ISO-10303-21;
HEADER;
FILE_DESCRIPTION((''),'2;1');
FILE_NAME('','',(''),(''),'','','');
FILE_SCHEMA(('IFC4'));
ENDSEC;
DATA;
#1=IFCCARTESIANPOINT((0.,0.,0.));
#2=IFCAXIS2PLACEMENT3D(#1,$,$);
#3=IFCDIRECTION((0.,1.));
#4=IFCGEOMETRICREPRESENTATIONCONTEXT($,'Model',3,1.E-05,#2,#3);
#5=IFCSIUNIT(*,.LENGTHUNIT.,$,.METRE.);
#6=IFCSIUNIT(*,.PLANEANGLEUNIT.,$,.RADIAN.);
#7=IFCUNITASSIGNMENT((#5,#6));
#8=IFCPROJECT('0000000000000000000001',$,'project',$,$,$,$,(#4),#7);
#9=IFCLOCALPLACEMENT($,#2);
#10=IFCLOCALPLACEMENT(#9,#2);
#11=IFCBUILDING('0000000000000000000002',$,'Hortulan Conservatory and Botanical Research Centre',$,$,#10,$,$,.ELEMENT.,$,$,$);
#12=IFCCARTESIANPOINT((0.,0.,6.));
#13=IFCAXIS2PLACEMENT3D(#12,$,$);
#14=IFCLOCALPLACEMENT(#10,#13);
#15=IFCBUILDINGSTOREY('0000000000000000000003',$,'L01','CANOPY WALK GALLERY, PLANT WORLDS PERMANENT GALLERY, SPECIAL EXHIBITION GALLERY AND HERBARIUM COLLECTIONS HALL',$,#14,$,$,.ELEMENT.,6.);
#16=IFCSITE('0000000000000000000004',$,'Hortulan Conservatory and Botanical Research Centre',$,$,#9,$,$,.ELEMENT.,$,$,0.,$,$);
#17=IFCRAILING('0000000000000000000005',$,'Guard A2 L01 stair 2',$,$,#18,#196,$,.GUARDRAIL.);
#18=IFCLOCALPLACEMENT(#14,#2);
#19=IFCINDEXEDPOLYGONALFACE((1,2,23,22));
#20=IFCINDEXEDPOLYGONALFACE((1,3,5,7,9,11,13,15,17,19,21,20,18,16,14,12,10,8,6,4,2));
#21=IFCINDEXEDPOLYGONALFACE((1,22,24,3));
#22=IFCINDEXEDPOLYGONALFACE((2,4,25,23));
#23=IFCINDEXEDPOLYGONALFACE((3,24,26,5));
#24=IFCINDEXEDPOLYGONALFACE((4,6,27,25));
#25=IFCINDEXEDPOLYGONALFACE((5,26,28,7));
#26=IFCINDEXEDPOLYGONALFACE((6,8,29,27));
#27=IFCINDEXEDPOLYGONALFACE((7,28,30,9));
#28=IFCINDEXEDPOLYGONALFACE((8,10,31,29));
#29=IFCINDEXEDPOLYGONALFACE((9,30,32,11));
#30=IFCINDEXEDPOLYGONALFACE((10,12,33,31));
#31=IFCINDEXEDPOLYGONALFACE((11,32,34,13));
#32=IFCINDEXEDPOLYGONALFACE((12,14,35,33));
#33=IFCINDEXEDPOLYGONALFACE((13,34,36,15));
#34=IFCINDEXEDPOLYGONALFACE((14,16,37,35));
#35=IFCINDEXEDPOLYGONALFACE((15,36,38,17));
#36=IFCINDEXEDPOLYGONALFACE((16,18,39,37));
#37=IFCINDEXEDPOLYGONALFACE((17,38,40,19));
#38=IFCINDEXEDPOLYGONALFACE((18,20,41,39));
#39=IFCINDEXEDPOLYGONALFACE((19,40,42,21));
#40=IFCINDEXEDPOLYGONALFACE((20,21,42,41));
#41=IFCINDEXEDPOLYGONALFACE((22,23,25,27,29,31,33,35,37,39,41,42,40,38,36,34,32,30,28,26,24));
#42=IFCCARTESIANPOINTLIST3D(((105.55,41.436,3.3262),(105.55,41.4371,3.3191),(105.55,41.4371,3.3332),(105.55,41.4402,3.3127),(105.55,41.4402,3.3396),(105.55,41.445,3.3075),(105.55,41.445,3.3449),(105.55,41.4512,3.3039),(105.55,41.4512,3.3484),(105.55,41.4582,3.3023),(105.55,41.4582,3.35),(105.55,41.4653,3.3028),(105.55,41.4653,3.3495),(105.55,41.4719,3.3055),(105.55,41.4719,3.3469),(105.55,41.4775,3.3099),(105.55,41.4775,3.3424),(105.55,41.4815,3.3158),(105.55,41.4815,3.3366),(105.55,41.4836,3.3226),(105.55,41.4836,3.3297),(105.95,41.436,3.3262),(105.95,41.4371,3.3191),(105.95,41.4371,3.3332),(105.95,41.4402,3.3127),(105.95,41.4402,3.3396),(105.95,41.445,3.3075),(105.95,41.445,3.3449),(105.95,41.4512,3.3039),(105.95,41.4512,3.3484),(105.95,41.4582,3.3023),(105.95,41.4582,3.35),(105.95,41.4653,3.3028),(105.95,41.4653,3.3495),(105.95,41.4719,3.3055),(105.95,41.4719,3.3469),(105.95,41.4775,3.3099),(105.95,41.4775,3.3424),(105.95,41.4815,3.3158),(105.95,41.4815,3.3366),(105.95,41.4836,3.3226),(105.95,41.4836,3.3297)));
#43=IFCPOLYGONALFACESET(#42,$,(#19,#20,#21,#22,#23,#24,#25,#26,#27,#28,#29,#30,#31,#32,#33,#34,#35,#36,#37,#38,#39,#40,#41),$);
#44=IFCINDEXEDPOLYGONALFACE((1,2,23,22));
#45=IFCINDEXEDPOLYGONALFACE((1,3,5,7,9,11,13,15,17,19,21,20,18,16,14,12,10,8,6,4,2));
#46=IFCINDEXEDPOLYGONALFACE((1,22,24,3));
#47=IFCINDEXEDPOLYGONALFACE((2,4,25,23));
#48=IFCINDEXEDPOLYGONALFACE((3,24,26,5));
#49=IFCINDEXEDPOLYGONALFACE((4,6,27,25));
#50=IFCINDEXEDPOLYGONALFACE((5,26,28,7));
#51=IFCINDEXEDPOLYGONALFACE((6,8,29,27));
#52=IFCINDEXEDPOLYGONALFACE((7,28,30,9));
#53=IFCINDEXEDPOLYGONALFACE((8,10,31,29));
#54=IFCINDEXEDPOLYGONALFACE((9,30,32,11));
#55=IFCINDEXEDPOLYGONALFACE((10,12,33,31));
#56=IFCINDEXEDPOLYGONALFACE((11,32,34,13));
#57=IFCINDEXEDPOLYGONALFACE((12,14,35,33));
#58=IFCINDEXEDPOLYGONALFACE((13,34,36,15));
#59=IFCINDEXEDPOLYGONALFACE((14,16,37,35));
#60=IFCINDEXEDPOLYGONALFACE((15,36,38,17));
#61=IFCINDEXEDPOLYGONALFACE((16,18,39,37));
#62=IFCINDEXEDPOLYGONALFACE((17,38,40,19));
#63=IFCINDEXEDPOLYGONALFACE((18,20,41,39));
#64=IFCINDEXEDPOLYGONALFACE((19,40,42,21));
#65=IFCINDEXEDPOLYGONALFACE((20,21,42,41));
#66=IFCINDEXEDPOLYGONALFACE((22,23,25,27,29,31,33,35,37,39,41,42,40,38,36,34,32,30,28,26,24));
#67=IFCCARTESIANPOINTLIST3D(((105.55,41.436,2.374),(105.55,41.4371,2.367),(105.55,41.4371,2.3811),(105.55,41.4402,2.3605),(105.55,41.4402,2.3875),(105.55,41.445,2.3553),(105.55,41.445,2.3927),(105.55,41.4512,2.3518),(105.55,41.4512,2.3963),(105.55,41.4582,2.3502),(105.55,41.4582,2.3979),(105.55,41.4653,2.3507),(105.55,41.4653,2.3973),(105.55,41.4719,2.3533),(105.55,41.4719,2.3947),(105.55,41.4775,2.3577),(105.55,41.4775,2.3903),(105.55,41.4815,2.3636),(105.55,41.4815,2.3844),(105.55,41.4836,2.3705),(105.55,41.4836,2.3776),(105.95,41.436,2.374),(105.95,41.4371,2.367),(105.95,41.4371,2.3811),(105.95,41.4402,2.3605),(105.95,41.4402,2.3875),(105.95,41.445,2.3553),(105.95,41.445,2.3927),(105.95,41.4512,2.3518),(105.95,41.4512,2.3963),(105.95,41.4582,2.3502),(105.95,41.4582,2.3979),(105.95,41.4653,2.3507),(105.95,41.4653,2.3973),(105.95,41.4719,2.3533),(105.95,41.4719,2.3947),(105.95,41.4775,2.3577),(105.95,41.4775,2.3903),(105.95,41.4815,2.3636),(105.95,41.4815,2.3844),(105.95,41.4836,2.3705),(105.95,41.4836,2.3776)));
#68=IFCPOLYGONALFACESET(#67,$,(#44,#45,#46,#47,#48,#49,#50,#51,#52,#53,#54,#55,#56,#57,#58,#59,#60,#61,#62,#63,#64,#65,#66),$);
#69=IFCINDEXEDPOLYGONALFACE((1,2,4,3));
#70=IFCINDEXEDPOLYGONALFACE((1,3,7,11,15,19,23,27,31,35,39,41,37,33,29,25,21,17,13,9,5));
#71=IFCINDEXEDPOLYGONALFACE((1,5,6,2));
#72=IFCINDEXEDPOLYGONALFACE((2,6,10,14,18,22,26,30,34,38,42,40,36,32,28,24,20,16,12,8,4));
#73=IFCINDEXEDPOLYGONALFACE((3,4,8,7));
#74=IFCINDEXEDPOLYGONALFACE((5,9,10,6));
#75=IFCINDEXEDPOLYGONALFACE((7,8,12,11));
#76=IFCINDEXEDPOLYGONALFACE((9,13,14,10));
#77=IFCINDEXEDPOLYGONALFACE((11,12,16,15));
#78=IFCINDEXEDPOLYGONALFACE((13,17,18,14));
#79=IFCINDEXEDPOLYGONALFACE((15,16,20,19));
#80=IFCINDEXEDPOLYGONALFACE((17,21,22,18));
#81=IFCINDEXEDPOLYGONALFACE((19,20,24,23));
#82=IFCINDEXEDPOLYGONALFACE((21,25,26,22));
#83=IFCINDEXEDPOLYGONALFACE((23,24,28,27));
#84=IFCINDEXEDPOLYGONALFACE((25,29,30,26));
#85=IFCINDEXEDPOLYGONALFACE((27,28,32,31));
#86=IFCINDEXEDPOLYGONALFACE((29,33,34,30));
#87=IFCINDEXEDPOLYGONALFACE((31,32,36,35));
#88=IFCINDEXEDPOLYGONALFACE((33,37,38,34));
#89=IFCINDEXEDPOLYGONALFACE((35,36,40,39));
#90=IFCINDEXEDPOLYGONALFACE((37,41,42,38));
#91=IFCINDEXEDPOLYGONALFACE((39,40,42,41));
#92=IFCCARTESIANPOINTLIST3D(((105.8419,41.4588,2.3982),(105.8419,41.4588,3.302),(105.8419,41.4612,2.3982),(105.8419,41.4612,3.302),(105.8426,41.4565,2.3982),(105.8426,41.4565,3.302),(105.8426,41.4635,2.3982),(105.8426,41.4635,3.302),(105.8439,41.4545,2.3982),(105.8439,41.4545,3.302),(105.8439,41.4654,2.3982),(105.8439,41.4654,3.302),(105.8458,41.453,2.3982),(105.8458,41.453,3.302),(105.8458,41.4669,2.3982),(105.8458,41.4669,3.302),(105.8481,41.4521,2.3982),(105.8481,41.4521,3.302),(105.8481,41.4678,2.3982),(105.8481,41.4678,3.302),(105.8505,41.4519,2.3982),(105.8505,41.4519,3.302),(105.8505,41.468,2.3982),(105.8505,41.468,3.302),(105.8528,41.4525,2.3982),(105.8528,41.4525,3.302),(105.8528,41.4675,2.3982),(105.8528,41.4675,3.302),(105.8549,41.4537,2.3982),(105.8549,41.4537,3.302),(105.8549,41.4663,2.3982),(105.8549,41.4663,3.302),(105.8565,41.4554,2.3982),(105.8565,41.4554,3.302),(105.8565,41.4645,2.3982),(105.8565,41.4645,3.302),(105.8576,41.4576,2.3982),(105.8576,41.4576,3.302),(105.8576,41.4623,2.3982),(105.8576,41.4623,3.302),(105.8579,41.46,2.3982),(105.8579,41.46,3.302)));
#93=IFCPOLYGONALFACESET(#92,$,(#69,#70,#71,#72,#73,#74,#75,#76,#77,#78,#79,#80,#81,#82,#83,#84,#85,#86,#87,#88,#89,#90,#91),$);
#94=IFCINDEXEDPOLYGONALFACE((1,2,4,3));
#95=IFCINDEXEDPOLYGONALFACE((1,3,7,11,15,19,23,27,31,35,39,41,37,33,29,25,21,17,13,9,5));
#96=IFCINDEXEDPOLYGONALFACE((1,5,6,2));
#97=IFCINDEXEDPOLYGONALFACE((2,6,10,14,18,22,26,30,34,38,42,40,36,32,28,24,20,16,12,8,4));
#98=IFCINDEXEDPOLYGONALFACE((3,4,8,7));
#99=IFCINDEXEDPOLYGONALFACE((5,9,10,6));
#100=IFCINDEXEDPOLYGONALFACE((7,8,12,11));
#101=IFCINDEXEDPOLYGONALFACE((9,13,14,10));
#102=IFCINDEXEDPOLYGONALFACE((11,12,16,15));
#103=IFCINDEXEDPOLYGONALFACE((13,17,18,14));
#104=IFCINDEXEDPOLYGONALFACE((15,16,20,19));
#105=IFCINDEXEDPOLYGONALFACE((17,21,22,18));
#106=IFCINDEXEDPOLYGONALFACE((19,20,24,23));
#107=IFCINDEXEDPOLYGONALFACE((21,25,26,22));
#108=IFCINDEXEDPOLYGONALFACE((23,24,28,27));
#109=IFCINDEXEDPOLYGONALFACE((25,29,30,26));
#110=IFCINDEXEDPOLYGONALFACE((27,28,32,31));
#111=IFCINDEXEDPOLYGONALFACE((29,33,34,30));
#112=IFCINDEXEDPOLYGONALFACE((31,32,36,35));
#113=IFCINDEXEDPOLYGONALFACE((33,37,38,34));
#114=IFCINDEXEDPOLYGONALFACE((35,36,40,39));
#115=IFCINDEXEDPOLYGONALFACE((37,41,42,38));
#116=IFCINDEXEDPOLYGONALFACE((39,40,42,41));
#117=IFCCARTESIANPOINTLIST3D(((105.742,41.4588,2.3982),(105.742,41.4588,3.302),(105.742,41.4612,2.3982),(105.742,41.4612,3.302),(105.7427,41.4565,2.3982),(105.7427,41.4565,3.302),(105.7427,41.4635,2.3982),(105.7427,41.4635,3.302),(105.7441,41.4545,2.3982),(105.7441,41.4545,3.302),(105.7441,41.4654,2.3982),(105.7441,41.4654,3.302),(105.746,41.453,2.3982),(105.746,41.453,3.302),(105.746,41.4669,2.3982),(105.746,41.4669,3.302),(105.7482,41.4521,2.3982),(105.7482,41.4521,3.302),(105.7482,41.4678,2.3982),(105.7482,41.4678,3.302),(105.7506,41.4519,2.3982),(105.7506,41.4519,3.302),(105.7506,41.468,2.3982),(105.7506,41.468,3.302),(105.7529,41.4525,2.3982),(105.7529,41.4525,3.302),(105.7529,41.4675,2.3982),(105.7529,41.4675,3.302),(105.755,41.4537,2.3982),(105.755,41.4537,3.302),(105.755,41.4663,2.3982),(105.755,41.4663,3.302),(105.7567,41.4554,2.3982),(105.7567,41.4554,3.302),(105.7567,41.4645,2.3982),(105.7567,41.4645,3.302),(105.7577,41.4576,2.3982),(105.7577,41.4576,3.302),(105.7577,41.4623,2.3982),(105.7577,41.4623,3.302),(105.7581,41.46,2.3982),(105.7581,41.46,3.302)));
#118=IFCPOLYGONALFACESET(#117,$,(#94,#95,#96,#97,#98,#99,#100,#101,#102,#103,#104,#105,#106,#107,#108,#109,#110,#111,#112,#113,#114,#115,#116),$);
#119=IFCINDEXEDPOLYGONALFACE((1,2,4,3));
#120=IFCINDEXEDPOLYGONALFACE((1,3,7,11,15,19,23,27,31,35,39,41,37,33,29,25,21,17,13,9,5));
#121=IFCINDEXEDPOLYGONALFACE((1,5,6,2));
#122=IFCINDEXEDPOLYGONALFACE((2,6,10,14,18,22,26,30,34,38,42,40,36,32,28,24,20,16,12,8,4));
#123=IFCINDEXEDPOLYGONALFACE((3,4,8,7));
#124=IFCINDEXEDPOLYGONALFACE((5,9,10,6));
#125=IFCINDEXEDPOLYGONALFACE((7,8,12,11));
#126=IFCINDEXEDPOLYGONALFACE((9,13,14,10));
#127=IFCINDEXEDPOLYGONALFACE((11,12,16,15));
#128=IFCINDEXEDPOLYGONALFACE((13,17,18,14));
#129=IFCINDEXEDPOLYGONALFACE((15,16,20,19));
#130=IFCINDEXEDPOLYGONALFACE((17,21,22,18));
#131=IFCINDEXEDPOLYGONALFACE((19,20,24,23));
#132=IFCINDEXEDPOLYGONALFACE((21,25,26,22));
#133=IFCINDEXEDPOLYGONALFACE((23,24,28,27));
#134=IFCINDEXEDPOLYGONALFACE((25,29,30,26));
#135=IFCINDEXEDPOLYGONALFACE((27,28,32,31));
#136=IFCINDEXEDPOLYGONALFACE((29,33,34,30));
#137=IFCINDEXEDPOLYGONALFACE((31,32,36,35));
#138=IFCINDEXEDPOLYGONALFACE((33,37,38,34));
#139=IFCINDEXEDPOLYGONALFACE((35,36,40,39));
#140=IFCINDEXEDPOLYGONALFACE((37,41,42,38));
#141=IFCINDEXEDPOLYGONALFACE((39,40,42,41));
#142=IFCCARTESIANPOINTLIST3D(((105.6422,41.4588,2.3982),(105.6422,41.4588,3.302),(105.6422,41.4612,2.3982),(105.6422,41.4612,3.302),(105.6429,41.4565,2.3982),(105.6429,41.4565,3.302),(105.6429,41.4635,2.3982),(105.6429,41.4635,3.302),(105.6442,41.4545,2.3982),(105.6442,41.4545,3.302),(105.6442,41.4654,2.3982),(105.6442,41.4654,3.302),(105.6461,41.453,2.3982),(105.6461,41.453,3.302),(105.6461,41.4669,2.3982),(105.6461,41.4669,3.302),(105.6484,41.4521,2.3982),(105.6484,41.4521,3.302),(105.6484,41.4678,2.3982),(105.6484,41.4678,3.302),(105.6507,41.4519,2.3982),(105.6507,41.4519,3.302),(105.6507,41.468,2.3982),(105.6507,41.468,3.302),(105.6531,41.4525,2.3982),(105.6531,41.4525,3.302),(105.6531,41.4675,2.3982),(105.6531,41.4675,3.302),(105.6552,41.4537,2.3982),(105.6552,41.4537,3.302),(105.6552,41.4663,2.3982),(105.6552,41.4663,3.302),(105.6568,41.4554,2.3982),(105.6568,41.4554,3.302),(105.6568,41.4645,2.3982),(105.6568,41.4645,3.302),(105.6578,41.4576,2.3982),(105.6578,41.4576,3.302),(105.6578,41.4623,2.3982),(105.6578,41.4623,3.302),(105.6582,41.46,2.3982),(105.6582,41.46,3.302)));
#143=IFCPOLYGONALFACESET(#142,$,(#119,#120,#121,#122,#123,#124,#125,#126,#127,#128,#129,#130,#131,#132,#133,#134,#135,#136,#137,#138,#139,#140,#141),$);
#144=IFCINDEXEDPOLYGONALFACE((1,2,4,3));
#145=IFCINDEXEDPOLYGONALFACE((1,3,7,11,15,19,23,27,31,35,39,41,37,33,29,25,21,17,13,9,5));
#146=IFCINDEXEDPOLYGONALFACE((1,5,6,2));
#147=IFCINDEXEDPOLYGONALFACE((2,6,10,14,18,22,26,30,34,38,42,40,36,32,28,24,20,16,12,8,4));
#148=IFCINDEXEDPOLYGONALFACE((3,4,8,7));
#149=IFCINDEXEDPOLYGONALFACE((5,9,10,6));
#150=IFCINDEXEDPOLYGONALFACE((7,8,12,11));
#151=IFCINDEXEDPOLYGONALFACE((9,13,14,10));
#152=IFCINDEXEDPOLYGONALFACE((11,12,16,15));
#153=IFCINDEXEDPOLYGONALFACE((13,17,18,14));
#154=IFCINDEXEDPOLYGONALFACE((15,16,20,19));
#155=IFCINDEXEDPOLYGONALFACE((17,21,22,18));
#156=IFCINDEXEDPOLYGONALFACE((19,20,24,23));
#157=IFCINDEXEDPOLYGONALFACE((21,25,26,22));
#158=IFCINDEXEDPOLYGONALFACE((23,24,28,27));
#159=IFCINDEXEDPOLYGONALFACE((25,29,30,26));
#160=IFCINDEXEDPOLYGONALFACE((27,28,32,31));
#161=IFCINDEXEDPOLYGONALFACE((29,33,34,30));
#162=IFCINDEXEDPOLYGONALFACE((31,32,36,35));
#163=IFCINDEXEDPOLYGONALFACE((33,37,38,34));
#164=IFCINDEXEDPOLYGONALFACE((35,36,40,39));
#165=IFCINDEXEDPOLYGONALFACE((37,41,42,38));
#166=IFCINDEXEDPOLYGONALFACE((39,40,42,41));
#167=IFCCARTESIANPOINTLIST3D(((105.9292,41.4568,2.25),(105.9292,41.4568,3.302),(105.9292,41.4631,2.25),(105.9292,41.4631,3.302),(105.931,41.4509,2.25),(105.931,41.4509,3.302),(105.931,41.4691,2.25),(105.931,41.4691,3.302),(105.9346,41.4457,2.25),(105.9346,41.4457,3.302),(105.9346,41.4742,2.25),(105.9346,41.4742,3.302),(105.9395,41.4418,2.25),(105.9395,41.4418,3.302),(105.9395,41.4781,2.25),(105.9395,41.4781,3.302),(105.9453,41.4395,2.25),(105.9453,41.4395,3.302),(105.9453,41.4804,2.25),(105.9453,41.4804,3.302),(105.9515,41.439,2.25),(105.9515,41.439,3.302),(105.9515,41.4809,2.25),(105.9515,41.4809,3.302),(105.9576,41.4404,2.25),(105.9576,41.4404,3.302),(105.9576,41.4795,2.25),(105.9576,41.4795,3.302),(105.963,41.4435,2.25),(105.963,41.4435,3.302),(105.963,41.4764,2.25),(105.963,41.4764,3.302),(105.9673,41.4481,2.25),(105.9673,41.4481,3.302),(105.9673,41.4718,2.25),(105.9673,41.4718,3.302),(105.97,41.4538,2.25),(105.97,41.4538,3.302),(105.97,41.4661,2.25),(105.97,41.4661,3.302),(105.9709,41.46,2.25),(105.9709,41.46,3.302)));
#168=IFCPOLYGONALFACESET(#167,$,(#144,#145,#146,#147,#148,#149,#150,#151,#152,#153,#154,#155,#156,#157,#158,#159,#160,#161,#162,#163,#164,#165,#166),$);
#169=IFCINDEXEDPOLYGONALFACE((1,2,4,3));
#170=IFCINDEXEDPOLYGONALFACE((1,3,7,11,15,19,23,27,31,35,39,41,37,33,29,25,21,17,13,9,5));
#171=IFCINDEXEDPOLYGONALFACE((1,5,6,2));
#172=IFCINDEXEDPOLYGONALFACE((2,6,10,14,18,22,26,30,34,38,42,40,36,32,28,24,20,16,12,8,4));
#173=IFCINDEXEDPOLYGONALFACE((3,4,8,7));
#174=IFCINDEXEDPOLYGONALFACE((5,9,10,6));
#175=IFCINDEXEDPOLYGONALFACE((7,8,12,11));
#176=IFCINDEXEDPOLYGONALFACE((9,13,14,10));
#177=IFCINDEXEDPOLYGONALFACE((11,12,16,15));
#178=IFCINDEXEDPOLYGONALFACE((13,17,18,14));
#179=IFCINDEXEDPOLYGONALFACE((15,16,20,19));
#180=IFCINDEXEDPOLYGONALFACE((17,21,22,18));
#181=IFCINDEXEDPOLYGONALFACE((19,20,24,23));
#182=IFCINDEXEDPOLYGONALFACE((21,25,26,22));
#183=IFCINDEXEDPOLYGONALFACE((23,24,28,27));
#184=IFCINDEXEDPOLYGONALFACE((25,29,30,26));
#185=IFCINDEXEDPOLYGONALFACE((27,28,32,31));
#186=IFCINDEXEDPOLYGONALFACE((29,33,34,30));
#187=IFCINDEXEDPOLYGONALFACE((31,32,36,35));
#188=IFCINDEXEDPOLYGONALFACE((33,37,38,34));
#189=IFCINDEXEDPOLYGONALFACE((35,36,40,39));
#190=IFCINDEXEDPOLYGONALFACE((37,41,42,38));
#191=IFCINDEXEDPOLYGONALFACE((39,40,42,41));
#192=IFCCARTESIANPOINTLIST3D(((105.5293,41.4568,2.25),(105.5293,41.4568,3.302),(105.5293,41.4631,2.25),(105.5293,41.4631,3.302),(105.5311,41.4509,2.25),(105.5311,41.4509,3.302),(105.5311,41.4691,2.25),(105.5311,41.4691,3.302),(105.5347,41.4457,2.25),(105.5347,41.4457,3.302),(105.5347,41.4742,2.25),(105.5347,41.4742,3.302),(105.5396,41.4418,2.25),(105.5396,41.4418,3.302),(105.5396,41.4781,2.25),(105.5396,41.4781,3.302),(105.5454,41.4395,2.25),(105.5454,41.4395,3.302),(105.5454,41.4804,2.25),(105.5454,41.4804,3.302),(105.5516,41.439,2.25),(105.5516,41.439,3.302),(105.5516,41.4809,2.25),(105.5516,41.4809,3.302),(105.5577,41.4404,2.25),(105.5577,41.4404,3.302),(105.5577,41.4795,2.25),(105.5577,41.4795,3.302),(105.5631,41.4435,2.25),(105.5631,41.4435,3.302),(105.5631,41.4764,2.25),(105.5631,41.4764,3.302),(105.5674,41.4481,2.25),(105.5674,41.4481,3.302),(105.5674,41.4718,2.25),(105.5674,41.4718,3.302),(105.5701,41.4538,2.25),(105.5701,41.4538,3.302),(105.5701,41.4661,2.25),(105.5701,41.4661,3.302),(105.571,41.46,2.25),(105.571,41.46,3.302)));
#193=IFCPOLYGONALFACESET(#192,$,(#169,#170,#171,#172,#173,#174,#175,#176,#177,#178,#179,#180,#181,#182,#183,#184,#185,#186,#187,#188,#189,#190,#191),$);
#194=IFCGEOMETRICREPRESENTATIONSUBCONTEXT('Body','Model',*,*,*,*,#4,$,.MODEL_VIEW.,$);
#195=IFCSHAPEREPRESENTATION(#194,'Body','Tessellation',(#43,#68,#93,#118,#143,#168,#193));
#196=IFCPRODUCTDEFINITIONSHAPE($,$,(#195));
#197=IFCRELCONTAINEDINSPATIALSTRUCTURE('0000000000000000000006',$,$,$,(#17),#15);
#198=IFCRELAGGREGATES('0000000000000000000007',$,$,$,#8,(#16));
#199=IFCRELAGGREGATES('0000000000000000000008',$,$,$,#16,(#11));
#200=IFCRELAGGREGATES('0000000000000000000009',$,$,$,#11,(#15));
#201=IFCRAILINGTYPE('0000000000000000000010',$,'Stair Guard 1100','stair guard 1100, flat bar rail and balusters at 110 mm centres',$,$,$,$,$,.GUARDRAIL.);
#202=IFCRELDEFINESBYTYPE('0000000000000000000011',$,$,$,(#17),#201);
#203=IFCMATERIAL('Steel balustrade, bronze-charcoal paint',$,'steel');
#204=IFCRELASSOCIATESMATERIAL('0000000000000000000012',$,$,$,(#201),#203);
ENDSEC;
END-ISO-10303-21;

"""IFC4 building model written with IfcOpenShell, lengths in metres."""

from ifc_helpers import new_model, si_unit, direction, frame, origin, origin_2d, place, context, subcontext, project, spatial, circle, extrude, material, type_object, element, save


model = new_model("IFC4")

# Units and contexts
model_context = context("Model", 3, precision=1e-05, world=origin(), true_north=direction((0.0, 1.0)))
body_context = subcontext(model_context, "Body", "Model", "MODEL_VIEW")
ifc_project = project(units=[si_unit("LENGTHUNIT", "METRE"), si_unit("PLANEANGLEUNIT", "RADIAN")], contexts=[model_context])

# Site, building, storey
site_placement = place(None, origin())
site = spatial("IfcSite", under=ifc_project, at=site_placement, Name="Hortulan Conservatory and Botanical Research Centre", CompositionType="ELEMENT", RefElevation=0.0)
building_placement = place(site_placement, origin())
building = spatial("IfcBuilding", under=site, at=building_placement, Name="Hortulan Conservatory and Botanical Research Centre", CompositionType="ELEMENT")
storey_placement = place(building_placement, frame((0.0, 0.0, 6.0)))
storey = spatial("IfcBuildingStorey", under=building, at=storey_placement, Name="L01", Description="CANOPY WALK GALLERY, PLANT WORLDS PERMANENT GALLERY, SPECIAL EXHIBITION GALLERY AND HERBARIUM COLLECTIONS HALL", CompositionType="ELEMENT", Elevation=6.0)

# Railing
ifc_material_1 = material(Name="Steel balustrade, bronze-charcoal paint", Category="steel")
railing_type_1 = type_object("IfcRailingType", Name="Stair Guard 1100", Description="stair guard 1100, flat bar rail and balusters at 110 mm centres", PredefinedType="GUARDRAIL", material=ifc_material_1)
railing_1_placement = place(storey_placement, frame((105.95, 41.46, 2.25)))
element("IfcRailing", 1, at=railing_1_placement, inside=storey, type_object=railing_type_1, Name="Guard A2 L01 stair 2", PredefinedType="GUARDRAIL", context=body_context, shape_type="SweptSolid", body=[
    extrude(circle(Radius=0.0239, at=origin_2d()), frame((0.0, 0.0, 1.0762), z_axis=(-1.0, 0.0, 0.0), x_axis=(0.0, -1.0, 0.0)), (0.0, 0.0, 1.0), 0.3999),
    extrude(circle(Radius=0.0239, at=origin_2d()), frame((0.0, 0.0, 0.124), z_axis=(-1.0, 0.0, 0.0), x_axis=(0.0, -1.0, 0.0)), (0.0, 0.0, 1.0), 0.3999),
    extrude(circle(Radius=0.0081, at=origin_2d()), frame((-0.1001, 0.0, 0.1482)), (0.0, 0.0, 1.0), 0.9038),
    extrude(circle(Radius=0.0081, at=origin_2d()), frame((-0.2, 0.0, 0.1482)), (0.0, 0.0, 1.0), 0.9038),
    extrude(circle(Radius=0.0081, at=origin_2d()), frame((-0.2998, 0.0, 0.1482)), (0.0, 0.0, 1.0), 0.9038),
    extrude(circle(Radius=0.021, at=origin_2d()), origin(), (0.0, 0.0, 1.0), 1.052),
    extrude(circle(Radius=0.021, at=origin_2d()), frame((-0.3999, 0.0, 0.0)), (0.0, 0.0, 1.0), 1.052),
])

save(model, "model.ifc")
